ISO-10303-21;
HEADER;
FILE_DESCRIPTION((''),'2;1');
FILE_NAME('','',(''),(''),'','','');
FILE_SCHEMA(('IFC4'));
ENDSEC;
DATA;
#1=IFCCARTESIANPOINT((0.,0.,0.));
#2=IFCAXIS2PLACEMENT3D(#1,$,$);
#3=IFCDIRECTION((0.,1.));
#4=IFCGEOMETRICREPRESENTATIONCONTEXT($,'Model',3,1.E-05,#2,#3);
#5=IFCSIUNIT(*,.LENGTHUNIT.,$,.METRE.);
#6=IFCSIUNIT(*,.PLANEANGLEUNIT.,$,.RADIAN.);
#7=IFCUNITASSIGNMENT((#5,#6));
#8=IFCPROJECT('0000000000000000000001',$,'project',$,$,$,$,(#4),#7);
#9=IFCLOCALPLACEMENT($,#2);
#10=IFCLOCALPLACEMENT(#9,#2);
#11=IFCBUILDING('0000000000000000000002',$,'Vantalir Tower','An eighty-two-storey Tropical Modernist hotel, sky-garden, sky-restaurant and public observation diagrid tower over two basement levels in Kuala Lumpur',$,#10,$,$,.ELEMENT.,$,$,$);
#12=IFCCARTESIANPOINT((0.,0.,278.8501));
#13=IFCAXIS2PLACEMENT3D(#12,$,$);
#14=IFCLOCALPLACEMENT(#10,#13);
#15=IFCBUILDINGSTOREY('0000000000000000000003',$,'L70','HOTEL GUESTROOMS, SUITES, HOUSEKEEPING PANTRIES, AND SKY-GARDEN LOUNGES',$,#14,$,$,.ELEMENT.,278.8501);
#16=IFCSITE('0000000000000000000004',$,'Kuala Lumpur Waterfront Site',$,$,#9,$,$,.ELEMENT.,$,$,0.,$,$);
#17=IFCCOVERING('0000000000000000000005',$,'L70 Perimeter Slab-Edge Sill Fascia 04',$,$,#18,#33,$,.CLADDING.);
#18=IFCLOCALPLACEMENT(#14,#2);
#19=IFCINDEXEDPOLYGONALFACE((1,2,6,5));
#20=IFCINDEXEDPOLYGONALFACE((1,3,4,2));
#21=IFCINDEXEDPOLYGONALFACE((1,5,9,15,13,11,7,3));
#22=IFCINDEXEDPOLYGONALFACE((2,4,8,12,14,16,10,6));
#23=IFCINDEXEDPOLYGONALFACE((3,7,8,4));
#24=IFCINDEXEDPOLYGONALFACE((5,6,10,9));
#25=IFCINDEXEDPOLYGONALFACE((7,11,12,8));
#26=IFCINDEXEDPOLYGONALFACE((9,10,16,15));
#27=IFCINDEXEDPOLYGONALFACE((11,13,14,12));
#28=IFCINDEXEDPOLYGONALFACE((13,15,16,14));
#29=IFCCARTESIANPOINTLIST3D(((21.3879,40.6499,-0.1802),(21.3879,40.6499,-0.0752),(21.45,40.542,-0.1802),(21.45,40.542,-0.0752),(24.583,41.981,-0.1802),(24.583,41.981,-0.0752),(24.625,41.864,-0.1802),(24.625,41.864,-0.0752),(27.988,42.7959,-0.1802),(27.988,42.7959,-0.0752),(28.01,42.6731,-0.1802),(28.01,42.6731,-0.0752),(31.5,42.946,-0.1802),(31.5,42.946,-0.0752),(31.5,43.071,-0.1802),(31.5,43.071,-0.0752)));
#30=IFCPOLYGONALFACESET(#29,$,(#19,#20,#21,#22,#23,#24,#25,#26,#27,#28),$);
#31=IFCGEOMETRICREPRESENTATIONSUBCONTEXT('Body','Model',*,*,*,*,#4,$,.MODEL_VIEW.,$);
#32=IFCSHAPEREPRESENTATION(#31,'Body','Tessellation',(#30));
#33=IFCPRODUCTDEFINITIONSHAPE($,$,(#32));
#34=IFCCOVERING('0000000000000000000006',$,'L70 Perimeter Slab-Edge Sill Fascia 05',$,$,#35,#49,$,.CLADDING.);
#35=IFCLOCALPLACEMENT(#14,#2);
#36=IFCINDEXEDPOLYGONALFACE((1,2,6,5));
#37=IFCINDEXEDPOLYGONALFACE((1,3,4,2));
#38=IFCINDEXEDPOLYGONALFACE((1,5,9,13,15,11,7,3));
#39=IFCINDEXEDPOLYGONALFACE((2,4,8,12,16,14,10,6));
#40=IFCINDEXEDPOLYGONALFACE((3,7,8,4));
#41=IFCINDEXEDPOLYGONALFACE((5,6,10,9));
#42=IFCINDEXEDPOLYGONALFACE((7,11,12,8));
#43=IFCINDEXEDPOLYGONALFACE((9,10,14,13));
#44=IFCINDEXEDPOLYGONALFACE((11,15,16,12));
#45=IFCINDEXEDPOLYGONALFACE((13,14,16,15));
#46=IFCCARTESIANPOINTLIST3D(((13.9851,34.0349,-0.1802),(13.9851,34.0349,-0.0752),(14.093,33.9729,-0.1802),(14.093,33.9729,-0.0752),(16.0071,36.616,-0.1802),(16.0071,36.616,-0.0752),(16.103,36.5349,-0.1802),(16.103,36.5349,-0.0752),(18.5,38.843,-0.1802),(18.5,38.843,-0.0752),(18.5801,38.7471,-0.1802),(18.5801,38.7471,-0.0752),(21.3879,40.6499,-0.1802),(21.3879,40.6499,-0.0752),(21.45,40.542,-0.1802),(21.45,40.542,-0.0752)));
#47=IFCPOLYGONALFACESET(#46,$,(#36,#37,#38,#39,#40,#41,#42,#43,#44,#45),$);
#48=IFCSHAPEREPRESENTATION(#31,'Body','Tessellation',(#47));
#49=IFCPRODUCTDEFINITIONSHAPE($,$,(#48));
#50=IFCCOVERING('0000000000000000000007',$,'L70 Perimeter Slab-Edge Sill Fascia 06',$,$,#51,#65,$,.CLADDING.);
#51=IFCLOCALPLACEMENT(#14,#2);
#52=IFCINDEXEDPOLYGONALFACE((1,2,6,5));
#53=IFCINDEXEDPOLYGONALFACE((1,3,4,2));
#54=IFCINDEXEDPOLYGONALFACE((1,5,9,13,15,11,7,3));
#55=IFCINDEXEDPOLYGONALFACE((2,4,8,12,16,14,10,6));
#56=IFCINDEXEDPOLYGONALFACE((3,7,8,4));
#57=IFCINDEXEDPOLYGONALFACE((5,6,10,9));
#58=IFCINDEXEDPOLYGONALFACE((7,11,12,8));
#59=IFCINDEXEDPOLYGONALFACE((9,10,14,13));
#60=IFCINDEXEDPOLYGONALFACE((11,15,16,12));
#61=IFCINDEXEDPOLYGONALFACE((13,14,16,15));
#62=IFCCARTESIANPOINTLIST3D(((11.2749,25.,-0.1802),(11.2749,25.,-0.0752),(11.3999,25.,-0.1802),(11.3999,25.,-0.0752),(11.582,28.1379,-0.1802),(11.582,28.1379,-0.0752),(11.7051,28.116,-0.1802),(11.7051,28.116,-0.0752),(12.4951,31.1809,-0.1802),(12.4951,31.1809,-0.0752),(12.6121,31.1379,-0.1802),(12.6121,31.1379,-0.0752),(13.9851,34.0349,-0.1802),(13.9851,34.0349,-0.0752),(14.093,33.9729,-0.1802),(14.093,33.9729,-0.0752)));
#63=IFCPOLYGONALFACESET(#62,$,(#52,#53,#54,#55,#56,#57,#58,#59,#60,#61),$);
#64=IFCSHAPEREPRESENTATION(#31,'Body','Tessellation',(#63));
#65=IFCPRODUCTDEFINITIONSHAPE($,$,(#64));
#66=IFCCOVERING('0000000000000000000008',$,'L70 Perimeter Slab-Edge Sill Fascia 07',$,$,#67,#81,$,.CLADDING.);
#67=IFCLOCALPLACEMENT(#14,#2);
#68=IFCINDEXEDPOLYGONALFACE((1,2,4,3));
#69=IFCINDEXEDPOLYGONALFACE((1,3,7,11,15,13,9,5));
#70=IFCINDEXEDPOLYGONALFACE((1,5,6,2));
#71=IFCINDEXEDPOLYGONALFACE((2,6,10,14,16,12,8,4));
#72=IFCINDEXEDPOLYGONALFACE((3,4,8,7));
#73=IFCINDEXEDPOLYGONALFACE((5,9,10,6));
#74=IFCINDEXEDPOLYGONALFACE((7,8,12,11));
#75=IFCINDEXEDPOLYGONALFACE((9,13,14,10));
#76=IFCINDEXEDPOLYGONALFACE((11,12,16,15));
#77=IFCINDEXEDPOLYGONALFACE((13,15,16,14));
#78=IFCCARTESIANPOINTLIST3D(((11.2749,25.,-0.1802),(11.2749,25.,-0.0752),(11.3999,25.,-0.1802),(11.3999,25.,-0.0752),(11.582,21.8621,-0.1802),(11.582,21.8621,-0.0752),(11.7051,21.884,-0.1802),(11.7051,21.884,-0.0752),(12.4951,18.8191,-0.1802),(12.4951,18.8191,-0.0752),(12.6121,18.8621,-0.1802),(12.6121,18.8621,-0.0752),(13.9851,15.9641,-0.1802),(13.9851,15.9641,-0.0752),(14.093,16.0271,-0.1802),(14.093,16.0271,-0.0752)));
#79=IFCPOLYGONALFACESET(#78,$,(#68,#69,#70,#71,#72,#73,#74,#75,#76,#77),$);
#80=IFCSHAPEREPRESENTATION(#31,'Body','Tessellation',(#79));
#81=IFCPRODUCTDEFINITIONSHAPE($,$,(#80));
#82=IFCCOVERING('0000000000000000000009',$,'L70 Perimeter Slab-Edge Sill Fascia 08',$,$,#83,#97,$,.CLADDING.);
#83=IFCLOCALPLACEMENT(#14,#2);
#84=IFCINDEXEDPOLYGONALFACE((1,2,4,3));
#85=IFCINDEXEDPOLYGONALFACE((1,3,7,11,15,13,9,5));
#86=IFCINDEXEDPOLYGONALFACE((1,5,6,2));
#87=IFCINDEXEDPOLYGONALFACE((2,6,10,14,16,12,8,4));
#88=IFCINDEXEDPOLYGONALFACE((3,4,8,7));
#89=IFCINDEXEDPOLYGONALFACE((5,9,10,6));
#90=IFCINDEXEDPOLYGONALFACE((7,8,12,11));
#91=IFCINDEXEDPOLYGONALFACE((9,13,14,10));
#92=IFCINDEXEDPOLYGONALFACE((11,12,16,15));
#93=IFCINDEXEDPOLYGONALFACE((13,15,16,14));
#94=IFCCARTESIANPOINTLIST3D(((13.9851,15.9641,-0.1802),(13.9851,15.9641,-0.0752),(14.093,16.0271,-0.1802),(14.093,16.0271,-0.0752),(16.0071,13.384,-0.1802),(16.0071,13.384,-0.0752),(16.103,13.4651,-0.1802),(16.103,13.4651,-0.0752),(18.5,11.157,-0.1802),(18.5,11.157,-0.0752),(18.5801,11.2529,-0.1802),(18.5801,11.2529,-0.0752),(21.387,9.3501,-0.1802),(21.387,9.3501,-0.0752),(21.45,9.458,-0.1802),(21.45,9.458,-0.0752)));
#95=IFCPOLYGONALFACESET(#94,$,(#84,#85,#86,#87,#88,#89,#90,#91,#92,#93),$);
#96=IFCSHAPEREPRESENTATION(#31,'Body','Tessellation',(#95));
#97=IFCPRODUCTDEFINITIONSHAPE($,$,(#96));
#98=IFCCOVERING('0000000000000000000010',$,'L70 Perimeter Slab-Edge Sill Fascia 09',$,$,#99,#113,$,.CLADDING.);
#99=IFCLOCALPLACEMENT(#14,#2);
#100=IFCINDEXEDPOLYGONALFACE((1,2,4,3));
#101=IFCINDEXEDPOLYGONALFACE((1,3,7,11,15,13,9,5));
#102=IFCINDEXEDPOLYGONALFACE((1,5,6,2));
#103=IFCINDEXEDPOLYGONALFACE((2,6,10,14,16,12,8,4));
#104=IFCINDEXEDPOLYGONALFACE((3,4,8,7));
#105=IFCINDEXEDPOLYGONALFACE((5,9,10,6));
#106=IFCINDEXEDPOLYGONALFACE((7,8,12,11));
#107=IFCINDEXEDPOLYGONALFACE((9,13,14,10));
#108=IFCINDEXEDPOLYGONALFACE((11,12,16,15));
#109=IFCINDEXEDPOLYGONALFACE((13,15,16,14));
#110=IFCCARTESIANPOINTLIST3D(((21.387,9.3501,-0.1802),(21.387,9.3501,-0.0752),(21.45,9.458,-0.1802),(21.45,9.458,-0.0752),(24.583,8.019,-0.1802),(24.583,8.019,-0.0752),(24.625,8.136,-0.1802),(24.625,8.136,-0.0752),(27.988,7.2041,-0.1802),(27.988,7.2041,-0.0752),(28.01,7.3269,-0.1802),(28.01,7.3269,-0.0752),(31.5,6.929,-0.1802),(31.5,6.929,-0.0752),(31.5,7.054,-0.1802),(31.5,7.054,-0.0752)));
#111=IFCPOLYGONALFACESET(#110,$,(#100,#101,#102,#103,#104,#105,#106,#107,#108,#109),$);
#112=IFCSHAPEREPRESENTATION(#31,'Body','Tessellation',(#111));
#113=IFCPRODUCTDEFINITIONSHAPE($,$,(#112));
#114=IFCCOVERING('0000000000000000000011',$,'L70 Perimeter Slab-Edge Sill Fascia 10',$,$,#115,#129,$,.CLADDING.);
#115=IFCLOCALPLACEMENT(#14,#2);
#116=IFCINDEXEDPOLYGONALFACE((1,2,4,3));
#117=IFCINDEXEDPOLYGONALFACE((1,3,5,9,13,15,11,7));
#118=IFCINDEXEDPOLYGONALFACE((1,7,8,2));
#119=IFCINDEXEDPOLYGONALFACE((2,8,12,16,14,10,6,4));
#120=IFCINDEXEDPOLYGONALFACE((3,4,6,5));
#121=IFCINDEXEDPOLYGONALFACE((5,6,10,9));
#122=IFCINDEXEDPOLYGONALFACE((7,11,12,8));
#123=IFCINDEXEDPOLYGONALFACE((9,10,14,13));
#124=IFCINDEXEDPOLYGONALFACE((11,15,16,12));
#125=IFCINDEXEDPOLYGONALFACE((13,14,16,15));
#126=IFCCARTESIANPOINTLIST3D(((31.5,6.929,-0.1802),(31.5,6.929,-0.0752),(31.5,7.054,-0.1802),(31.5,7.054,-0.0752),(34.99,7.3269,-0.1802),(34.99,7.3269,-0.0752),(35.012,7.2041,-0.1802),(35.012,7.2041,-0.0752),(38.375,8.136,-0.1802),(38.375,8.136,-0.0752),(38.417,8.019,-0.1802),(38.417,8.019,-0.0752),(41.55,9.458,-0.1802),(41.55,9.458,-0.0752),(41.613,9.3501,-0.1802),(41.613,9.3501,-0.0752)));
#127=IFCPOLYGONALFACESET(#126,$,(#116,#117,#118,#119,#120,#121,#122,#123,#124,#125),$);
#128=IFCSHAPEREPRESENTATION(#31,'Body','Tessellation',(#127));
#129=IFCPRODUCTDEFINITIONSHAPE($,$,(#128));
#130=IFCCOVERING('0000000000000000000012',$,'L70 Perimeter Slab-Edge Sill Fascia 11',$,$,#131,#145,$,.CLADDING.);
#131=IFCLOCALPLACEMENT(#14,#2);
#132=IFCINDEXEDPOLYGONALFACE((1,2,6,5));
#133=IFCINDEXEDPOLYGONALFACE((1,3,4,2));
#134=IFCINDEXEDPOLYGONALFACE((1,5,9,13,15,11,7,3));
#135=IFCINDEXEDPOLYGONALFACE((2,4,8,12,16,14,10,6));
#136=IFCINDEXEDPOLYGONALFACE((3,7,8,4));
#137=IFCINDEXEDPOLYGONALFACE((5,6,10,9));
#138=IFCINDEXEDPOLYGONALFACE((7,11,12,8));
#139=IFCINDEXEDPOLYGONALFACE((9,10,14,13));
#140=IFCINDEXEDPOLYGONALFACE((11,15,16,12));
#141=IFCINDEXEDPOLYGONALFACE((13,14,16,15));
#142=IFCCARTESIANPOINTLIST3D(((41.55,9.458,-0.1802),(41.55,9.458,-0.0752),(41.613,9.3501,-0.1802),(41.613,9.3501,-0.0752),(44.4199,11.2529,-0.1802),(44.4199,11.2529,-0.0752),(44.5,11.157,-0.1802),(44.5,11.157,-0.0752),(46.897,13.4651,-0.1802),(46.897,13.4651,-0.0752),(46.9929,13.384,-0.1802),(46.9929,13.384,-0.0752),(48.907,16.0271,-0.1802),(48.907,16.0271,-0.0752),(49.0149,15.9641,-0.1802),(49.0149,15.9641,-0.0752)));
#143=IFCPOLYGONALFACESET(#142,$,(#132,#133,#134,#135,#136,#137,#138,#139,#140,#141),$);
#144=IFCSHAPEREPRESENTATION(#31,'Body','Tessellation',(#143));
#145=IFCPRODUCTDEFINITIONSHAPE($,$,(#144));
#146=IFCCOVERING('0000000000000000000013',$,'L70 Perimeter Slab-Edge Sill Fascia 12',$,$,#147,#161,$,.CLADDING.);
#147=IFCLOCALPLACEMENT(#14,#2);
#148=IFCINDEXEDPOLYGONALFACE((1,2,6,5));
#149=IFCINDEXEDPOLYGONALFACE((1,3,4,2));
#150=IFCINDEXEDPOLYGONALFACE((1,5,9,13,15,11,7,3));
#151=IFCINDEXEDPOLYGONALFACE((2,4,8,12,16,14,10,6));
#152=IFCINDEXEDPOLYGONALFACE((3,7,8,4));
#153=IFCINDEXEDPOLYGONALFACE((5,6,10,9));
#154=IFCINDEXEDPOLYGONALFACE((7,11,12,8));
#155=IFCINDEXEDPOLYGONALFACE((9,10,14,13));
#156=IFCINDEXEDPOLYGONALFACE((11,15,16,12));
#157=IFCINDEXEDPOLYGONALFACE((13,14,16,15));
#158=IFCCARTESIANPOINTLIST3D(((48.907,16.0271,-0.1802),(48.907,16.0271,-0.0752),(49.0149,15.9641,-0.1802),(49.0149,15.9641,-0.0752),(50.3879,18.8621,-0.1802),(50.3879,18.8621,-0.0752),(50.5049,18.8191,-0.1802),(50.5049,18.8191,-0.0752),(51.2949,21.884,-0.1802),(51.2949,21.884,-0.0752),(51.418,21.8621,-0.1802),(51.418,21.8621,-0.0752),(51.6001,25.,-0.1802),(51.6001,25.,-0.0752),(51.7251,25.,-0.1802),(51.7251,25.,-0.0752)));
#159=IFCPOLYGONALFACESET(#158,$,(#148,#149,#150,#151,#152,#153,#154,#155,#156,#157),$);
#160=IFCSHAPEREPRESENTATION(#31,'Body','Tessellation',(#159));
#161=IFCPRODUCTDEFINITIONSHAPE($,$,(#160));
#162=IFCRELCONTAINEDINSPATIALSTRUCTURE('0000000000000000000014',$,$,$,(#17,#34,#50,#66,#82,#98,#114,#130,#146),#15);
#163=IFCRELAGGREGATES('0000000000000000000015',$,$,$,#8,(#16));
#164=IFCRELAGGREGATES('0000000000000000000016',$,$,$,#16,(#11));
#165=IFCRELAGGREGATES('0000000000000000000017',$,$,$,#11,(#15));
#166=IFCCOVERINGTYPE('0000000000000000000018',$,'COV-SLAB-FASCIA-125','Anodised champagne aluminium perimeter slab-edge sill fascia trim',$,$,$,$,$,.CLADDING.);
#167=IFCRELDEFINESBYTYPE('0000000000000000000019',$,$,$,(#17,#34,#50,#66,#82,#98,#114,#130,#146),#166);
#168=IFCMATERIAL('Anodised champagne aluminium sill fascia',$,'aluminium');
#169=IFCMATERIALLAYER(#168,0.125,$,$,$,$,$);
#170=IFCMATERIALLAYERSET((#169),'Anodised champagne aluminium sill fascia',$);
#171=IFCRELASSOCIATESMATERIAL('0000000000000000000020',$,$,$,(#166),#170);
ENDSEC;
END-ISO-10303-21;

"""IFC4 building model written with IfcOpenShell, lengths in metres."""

from ifc_helpers import new_model, si_unit, direction, frame, origin, place, context, subcontext, project, spatial, polyline, outline, extrude, material, layer, layer_set, type_object, element, save


model = new_model("IFC4")

# Units and contexts
model_context = context("Model", 3, precision=1e-05, world=origin(), true_north=direction((0.0, 1.0)))
body_context = subcontext(model_context, "Body", "Model", "MODEL_VIEW")
ifc_project = project(units=[si_unit("LENGTHUNIT", "METRE"), si_unit("PLANEANGLEUNIT", "RADIAN")], contexts=[model_context])

# Site, building, storey
site_placement = place(None, origin())
site = spatial("IfcSite", under=ifc_project, at=site_placement, Name="Kuala Lumpur Waterfront Site", CompositionType="ELEMENT", RefElevation=0.0)
building_placement = place(site_placement, origin())
building = spatial("IfcBuilding", under=site, at=building_placement, Name="Vantalir Tower", Description="An eighty-two-storey Tropical Modernist hotel, sky-garden, sky-restaurant and public observation diagrid tower over two basement levels in Kuala Lumpur", CompositionType="ELEMENT")
storey_placement = place(building_placement, frame((0.0, 0.0, 278.8501)))
storey = spatial("IfcBuildingStorey", under=building, at=storey_placement, Name="L70", Description="HOTEL GUESTROOMS, SUITES, HOUSEKEEPING PANTRIES, AND SKY-GARDEN LOUNGES", CompositionType="ELEMENT", Elevation=278.8501)

# Coverings
ifc_material_1 = material(Name="Anodised champagne aluminium sill fascia", Category="aluminium")
ifc_layer_1 = layer(ifc_material_1, 0.125)
ifc_layer_set_1 = layer_set([ifc_layer_1], Name="Anodised champagne aluminium sill fascia")
covering_type = type_object("IfcCoveringType", Name="COV-SLAB-FASCIA-125", Description="Anodised champagne aluminium perimeter slab-edge sill fascia trim", PredefinedType="CLADDING", material=ifc_layer_set_1)
covering_1_placement = place(storey_placement, frame((0.0, 0.0, -0.1802)))
element("IfcCovering", 1, at=covering_1_placement, inside=storey, type_object=covering_type, Name="L70 Perimeter Slab-Edge Sill Fascia 04", PredefinedType="CLADDING", context=body_context, shape_type="SweptSolid", body=[
    extrude(outline(polyline([(31.5, 43.071), (27.988, 42.7959), (24.583, 41.981), (21.3879, 40.6499), (21.45, 40.542), (24.625, 41.864), (28.01, 42.6731), (31.5, 42.946), (31.5, 43.071)])), origin(), (0.0, 0.0, 1.0), 0.105),
])
covering_2_placement = place(storey_placement, frame((0.0, 0.0, -0.1802)))
element("IfcCovering", 2, at=covering_2_placement, inside=storey, type_object=covering_type, Name="L70 Perimeter Slab-Edge Sill Fascia 05", PredefinedType="CLADDING", context=body_context, shape_type="SweptSolid", body=[
    extrude(outline(polyline([(21.3879, 40.6499), (18.5, 38.843), (16.0071, 36.616), (13.9851, 34.0349), (14.093, 33.9729), (16.103, 36.5349), (18.5801, 38.7471), (21.45, 40.542), (21.3879, 40.6499)])), origin(), (0.0, 0.0, 1.0), 0.105),
])
covering_3_placement = place(storey_placement, frame((0.0, 0.0, -0.1802)))
element("IfcCovering", 3, at=covering_3_placement, inside=storey, type_object=covering_type, Name="L70 Perimeter Slab-Edge Sill Fascia 06", PredefinedType="CLADDING", context=body_context, shape_type="SweptSolid", body=[
    extrude(outline(polyline([(13.9851, 34.0349), (12.4951, 31.1809), (11.582, 28.1379), (11.2749, 25.0), (11.3999, 25.0), (11.7051, 28.116), (12.6121, 31.1379), (14.093, 33.9729), (13.9851, 34.0349)])), origin(), (0.0, 0.0, 1.0), 0.105),
])
covering_4_placement = place(storey_placement, frame((0.0, 0.0, -0.1802)))
element("IfcCovering", 4, at=covering_4_placement, inside=storey, type_object=covering_type, Name="L70 Perimeter Slab-Edge Sill Fascia 07", PredefinedType="CLADDING", context=body_context, shape_type="SweptSolid", body=[
    extrude(outline(polyline([(11.2749, 25.0), (11.582, 21.8621), (12.4951, 18.8191), (13.9851, 15.9641), (14.093, 16.0271), (12.6121, 18.8621), (11.7051, 21.884), (11.3999, 25.0), (11.2749, 25.0)])), origin(), (0.0, 0.0, 1.0), 0.105),
])
covering_5_placement = place(storey_placement, frame((0.0, 0.0, -0.1802)))
element("IfcCovering", 5, at=covering_5_placement, inside=storey, type_object=covering_type, Name="L70 Perimeter Slab-Edge Sill Fascia 08", PredefinedType="CLADDING", context=body_context, shape_type="SweptSolid", body=[
    extrude(outline(polyline([(13.9851, 15.9641), (16.0071, 13.384), (18.5, 11.157), (21.387, 9.3501), (21.45, 9.458), (18.5801, 11.2529), (16.103, 13.4651), (14.093, 16.0271), (13.9851, 15.9641)])), origin(), (0.0, 0.0, 1.0), 0.105),
])
covering_6_placement = place(storey_placement, frame((0.0, 0.0, -0.1802)))
element("IfcCovering", 6, at=covering_6_placement, inside=storey, type_object=covering_type, Name="L70 Perimeter Slab-Edge Sill Fascia 09", PredefinedType="CLADDING", context=body_context, shape_type="SweptSolid", body=[
    extrude(outline(polyline([(21.387, 9.3501), (24.583, 8.019), (27.988, 7.2041), (31.5, 6.929), (31.5, 7.054), (28.01, 7.3269), (24.625, 8.136), (21.45, 9.458), (21.387, 9.3501)])), origin(), (0.0, 0.0, 1.0), 0.105),
])
covering_7_placement = place(storey_placement, frame((0.0, 0.0, -0.1802)))
element("IfcCovering", 7, at=covering_7_placement, inside=storey, type_object=covering_type, Name="L70 Perimeter Slab-Edge Sill Fascia 10", PredefinedType="CLADDING", context=body_context, shape_type="SweptSolid", body=[
    extrude(outline(polyline([(31.5, 6.929), (35.012, 7.2041), (38.417, 8.019), (41.613, 9.3501), (41.55, 9.458), (38.375, 8.136), (34.99, 7.3269), (31.5, 7.054), (31.5, 6.929)])), origin(), (0.0, 0.0, 1.0), 0.105),
])
covering_8_placement = place(storey_placement, frame((0.0, 0.0, -0.1802)))
element("IfcCovering", 8, at=covering_8_placement, inside=storey, type_object=covering_type, Name="L70 Perimeter Slab-Edge Sill Fascia 11", PredefinedType="CLADDING", context=body_context, shape_type="SweptSolid", body=[
    extrude(outline(polyline([(41.613, 9.3501), (44.5, 11.157), (46.9929, 13.384), (49.0149, 15.9641), (48.907, 16.0271), (46.897, 13.4651), (44.4199, 11.2529), (41.55, 9.458), (41.613, 9.3501)])), origin(), (0.0, 0.0, 1.0), 0.105),
])
covering_9_placement = place(storey_placement, frame((0.0, 0.0, -0.1802)))
element("IfcCovering", 9, at=covering_9_placement, inside=storey, type_object=covering_type, Name="L70 Perimeter Slab-Edge Sill Fascia 12", PredefinedType="CLADDING", context=body_context, shape_type="SweptSolid", body=[
    extrude(outline(polyline([(49.0149, 15.9641), (50.5049, 18.8191), (51.418, 21.8621), (51.7251, 25.0), (51.6001, 25.0), (51.2949, 21.884), (50.3879, 18.8621), (48.907, 16.0271), (49.0149, 15.9641)])), origin(), (0.0, 0.0, 1.0), 0.105),
])

save(model, "model.ifc")
